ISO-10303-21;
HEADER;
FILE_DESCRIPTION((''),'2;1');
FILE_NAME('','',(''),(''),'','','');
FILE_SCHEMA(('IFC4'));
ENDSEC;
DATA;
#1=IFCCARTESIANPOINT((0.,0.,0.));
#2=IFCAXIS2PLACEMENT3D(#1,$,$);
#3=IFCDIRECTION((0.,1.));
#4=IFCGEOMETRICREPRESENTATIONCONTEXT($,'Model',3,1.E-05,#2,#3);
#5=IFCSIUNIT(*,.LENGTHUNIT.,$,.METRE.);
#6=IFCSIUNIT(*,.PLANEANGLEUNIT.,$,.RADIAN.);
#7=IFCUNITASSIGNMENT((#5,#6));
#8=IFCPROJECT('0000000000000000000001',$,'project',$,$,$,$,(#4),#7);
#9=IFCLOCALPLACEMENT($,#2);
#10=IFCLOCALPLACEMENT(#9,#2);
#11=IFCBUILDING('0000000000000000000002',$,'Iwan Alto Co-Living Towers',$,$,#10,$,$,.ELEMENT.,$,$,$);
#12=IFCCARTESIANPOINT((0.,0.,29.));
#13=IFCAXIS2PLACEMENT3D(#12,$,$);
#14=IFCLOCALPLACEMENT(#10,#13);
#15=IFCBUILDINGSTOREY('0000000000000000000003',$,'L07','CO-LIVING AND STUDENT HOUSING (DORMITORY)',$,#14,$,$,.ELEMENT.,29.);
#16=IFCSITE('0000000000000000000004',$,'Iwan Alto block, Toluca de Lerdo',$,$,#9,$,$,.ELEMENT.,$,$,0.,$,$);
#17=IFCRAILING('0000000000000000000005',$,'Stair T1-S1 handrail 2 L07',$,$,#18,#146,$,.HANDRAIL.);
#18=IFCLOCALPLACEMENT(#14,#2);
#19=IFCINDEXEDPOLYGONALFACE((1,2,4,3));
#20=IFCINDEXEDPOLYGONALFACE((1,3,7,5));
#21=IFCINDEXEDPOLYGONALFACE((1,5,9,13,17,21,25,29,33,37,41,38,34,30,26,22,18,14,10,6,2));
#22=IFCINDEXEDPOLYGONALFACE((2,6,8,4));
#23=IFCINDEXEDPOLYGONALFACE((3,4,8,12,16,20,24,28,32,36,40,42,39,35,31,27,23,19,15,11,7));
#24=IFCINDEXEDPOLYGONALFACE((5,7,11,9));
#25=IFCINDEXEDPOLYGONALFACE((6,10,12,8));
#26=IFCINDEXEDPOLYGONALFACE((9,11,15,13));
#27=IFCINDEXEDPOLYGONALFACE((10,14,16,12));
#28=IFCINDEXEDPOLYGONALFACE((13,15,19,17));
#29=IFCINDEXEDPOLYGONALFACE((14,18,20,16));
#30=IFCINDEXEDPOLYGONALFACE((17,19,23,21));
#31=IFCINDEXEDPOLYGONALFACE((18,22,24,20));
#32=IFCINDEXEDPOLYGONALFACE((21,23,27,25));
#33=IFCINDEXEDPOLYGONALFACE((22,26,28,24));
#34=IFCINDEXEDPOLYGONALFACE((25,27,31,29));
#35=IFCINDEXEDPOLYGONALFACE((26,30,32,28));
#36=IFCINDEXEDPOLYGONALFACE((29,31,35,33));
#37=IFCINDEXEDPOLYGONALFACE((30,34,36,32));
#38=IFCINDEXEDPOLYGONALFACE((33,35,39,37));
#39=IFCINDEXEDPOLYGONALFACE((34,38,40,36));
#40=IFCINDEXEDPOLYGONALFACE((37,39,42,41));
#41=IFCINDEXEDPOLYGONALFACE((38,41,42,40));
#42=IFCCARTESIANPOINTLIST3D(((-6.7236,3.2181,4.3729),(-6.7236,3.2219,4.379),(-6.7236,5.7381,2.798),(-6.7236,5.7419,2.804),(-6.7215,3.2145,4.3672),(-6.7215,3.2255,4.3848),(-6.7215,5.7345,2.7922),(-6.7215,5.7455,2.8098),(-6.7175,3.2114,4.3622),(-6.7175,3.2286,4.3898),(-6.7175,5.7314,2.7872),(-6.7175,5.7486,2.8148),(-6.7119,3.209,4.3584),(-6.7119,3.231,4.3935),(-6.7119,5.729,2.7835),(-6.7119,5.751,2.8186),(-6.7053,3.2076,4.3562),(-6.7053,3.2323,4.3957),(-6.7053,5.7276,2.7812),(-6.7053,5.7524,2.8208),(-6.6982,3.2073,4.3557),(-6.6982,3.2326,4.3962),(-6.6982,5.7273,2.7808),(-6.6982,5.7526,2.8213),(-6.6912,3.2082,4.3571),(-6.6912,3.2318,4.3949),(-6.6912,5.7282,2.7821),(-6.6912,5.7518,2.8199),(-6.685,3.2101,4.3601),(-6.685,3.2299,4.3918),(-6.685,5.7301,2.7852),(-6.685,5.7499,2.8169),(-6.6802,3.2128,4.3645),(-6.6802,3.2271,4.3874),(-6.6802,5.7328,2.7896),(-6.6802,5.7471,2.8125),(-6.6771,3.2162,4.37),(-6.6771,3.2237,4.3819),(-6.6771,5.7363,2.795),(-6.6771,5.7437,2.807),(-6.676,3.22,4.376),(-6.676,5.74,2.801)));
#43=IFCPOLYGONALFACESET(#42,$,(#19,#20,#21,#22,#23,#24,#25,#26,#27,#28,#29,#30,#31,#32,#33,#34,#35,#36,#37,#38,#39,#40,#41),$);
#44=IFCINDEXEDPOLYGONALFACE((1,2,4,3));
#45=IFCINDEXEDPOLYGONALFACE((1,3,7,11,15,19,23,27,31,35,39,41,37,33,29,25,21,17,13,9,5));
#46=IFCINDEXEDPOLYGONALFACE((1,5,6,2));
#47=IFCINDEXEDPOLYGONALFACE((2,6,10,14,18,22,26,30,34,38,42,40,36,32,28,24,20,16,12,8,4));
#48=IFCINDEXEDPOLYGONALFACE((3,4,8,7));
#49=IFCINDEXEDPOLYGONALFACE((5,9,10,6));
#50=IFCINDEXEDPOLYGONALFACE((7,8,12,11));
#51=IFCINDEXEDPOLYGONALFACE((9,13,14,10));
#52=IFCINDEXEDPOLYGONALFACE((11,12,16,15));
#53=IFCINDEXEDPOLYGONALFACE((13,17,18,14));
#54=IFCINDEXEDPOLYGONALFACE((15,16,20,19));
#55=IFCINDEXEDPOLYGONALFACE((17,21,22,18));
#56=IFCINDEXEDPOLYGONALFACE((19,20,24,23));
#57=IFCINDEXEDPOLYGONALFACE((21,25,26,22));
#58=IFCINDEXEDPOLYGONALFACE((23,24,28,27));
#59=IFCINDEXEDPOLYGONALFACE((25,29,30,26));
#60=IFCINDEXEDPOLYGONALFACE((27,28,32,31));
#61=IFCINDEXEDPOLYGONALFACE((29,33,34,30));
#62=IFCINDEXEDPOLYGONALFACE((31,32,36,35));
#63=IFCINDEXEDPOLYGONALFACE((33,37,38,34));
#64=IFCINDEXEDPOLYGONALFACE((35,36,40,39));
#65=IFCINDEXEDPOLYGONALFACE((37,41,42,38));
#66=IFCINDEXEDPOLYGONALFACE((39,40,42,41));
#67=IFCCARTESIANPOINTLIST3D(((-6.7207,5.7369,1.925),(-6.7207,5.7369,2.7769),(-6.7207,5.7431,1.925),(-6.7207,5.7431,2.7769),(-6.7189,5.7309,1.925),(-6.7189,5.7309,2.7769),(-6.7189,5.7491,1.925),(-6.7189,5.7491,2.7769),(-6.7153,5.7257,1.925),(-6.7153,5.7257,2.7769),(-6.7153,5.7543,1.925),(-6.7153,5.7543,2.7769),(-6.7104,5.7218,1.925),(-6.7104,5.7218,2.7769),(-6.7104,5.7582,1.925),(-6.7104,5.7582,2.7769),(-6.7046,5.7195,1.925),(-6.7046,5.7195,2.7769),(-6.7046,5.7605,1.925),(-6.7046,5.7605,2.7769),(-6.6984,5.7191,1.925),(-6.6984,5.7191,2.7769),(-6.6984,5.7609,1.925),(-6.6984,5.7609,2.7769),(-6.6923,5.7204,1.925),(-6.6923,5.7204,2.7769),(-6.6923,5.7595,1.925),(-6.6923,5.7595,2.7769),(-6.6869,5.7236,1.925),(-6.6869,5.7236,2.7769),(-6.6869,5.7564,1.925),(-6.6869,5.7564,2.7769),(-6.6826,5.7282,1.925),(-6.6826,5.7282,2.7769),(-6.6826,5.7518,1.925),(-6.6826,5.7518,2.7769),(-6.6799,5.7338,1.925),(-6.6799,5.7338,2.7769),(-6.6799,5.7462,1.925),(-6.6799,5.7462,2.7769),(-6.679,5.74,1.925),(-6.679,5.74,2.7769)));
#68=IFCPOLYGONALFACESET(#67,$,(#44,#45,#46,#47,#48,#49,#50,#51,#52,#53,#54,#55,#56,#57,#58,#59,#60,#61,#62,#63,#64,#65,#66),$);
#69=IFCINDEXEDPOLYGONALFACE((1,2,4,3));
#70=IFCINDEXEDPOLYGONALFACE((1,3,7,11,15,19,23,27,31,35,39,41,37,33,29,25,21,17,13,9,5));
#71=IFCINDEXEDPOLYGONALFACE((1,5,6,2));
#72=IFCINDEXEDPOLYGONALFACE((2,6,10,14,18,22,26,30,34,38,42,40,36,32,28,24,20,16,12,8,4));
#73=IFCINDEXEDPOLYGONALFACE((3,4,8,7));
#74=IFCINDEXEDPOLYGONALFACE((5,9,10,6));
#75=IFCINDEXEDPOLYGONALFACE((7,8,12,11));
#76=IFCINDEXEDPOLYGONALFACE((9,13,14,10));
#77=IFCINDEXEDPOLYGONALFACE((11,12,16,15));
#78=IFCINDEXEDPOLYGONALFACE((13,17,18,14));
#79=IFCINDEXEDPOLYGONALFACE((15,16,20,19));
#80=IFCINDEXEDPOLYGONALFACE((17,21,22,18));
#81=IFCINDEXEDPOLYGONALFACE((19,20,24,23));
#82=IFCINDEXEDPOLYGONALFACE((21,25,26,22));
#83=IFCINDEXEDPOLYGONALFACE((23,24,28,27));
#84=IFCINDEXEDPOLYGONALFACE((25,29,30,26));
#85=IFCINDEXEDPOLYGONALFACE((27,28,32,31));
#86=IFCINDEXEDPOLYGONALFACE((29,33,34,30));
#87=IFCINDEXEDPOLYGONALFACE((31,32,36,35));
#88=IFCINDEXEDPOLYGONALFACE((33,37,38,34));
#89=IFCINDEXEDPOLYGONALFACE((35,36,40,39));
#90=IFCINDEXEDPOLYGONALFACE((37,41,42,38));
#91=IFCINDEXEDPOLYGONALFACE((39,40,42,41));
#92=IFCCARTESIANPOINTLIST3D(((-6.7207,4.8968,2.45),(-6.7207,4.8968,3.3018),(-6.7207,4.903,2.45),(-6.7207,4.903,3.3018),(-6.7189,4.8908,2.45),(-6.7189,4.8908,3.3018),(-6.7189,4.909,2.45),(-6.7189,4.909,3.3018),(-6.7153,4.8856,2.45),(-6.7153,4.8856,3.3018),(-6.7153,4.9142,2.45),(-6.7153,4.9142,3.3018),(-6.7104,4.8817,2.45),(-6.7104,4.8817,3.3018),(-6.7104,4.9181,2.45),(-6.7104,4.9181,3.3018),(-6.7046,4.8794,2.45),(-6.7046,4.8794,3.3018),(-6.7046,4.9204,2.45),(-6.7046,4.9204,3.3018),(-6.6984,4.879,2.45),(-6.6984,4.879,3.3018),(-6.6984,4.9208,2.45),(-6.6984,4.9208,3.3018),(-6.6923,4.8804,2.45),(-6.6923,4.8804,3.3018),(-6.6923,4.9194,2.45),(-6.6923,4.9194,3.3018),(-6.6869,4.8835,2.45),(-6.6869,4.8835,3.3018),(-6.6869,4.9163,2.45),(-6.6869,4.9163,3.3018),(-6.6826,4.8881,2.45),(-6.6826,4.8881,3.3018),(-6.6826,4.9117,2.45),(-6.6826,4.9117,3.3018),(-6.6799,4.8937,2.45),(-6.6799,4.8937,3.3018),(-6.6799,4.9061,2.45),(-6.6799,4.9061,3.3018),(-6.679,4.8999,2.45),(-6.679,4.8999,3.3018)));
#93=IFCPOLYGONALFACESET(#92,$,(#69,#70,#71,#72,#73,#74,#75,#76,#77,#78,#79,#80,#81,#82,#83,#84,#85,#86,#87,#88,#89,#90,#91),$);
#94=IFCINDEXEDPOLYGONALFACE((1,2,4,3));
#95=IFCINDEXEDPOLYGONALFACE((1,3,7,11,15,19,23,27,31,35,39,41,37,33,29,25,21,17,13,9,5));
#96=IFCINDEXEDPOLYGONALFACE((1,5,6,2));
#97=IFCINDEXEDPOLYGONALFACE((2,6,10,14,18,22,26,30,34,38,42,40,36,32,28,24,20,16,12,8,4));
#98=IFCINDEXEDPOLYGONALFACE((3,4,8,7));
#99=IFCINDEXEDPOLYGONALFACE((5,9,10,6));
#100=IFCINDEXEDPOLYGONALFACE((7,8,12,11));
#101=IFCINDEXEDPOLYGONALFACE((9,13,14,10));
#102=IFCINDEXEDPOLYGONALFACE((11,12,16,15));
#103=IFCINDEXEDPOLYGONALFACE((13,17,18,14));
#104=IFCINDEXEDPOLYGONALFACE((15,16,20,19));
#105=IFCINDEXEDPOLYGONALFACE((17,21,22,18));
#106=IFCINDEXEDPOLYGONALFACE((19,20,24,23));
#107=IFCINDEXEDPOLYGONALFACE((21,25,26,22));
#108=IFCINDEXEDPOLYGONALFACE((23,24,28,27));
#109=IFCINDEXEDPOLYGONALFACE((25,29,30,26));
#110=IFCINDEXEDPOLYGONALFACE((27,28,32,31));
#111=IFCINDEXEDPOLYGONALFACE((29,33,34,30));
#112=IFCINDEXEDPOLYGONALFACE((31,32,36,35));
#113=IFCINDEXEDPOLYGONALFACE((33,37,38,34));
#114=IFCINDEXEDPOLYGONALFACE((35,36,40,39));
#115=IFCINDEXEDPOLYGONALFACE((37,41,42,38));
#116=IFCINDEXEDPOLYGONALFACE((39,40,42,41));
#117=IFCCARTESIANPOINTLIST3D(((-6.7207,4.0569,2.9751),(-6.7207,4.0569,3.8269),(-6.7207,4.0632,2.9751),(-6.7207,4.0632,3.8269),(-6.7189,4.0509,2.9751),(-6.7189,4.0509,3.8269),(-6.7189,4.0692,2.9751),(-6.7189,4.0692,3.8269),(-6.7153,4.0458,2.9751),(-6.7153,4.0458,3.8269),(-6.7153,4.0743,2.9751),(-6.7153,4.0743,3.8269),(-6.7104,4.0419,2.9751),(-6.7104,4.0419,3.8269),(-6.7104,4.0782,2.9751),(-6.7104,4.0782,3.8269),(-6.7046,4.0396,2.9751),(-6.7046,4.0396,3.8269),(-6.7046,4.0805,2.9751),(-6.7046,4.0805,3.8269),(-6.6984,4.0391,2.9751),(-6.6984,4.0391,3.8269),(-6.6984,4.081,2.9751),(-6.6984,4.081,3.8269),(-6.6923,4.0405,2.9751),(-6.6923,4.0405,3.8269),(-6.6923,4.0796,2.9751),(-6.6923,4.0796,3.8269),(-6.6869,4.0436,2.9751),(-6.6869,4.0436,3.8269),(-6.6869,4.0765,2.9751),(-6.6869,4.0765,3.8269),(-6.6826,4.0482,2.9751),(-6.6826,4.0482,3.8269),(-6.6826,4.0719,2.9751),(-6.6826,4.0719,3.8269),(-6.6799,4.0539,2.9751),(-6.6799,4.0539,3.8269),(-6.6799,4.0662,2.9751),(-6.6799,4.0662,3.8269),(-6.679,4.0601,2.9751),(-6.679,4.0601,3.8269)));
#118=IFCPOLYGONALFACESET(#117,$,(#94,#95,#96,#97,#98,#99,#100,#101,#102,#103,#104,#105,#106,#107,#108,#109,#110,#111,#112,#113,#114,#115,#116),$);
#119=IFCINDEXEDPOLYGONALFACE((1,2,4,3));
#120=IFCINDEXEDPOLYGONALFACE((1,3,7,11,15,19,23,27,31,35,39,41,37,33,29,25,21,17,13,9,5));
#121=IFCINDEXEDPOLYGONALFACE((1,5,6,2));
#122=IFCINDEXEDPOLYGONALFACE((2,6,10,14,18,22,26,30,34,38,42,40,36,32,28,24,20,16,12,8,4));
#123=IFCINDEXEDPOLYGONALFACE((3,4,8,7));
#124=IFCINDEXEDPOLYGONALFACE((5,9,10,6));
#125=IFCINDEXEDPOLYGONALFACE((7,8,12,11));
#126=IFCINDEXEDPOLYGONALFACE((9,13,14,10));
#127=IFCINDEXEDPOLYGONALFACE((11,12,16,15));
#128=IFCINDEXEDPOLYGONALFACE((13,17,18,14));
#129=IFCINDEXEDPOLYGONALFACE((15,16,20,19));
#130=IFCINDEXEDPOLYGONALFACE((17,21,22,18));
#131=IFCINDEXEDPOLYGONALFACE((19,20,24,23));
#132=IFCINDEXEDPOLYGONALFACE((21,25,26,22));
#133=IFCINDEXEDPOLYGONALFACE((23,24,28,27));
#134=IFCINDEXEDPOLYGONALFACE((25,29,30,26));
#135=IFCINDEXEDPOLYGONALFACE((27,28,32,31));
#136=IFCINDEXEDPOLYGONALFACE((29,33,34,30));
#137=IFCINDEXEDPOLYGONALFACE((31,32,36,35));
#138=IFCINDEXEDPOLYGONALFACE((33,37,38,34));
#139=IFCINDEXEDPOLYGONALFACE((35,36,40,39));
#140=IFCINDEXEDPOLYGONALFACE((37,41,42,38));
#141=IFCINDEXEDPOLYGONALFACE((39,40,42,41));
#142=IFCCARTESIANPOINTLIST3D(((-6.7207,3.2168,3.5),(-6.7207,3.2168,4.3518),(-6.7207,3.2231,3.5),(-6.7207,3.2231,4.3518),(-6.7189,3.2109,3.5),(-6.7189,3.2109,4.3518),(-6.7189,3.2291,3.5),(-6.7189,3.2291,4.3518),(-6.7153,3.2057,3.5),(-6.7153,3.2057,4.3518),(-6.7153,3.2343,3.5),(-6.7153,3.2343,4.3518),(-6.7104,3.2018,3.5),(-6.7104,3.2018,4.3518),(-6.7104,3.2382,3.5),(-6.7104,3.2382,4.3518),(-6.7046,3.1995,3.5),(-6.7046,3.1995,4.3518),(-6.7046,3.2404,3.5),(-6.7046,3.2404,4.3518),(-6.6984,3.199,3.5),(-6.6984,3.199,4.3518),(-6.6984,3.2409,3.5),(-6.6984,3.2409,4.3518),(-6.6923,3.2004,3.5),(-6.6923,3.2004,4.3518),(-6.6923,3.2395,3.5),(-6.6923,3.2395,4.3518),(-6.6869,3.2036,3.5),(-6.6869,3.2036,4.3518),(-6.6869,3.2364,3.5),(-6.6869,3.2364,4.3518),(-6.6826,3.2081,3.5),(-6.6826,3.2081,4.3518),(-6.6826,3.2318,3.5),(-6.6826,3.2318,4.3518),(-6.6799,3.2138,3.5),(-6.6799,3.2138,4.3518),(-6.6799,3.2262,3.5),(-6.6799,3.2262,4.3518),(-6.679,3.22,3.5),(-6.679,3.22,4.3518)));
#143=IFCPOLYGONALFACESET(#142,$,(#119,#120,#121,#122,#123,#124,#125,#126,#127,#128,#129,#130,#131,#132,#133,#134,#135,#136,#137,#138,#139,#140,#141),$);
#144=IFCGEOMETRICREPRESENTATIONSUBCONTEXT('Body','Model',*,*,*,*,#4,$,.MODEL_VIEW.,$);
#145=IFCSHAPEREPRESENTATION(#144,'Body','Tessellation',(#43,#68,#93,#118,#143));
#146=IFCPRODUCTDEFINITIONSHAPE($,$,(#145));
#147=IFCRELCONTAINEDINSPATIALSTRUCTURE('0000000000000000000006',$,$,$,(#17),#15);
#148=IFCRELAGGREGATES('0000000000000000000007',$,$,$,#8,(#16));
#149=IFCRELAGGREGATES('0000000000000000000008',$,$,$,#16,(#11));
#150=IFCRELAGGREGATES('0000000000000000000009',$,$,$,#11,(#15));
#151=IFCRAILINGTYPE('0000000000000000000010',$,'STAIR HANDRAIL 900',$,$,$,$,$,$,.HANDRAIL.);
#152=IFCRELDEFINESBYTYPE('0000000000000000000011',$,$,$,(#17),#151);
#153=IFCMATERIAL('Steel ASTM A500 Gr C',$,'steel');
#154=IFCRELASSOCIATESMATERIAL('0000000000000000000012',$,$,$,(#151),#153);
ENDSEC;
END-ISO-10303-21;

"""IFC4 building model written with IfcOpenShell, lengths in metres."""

from ifc_helpers import new_model, si_unit, direction, frame, origin, origin_2d, place, context, subcontext, project, spatial, circle, extrude, material, type_object, element, save


model = new_model("IFC4")

# Units and contexts
model_context = context("Model", 3, precision=1e-05, world=origin(), true_north=direction((0.0, 1.0)))
body_context = subcontext(model_context, "Body", "Model", "MODEL_VIEW")
ifc_project = project(units=[si_unit("LENGTHUNIT", "METRE"), si_unit("PLANEANGLEUNIT", "RADIAN")], contexts=[model_context])

# Site, building, storey
site_placement = place(None, origin())
site = spatial("IfcSite", under=ifc_project, at=site_placement, Name="Iwan Alto block, Toluca de Lerdo", CompositionType="ELEMENT", RefElevation=0.0)
building_placement = place(site_placement, origin())
building = spatial("IfcBuilding", under=site, at=building_placement, Name="Iwan Alto Co-Living Towers", CompositionType="ELEMENT")
storey_placement = place(building_placement, frame((0.0, 0.0, 29.0)))
storey = spatial("IfcBuildingStorey", under=building, at=storey_placement, Name="L07", Description="CO-LIVING AND STUDENT HOUSING (DORMITORY)", CompositionType="ELEMENT", Elevation=29.0)

# Railing
ifc_material_1 = material(Name="Steel ASTM A500 Gr C", Category="steel")
railing_type_1 = type_object("IfcRailingType", Name="STAIR HANDRAIL 900", PredefinedType="HANDRAIL", material=ifc_material_1)
railing_1_placement = place(storey_placement, frame((-6.7, 5.74, 1.925)))
element("IfcRailing", 1, at=railing_1_placement, inside=storey, type_object=railing_type_1, Name="Stair T1-S1 handrail 2 L07", PredefinedType="HANDRAIL", context=body_context, shape_type="SweptSolid", body=[
    extrude(circle(Radius=0.0239, at=origin_2d()), frame((0.0, 0.0, 0.876), z_axis=(0.0, -0.848008, 0.529984), x_axis=(1.0, 0.0, 0.0)), (0.0, 0.0, 1.0), 2.9717),
    extrude(circle(Radius=0.021, at=origin_2d()), origin(), (0.0, 0.0, 1.0), 0.8518),
    extrude(circle(Radius=0.021, at=origin_2d()), frame((0.0, -0.8401, 0.5249)), (0.0, 0.0, 1.0), 0.8518),
    extrude(circle(Radius=0.021, at=origin_2d()), frame((0.0, -1.6799, 1.05)), (0.0, 0.0, 1.0), 0.8518),
    extrude(circle(Radius=0.021, at=origin_2d()), frame((0.0, -2.52, 1.575)), (0.0, 0.0, 1.0), 0.8518),
])

save(model, "model.ifc")
